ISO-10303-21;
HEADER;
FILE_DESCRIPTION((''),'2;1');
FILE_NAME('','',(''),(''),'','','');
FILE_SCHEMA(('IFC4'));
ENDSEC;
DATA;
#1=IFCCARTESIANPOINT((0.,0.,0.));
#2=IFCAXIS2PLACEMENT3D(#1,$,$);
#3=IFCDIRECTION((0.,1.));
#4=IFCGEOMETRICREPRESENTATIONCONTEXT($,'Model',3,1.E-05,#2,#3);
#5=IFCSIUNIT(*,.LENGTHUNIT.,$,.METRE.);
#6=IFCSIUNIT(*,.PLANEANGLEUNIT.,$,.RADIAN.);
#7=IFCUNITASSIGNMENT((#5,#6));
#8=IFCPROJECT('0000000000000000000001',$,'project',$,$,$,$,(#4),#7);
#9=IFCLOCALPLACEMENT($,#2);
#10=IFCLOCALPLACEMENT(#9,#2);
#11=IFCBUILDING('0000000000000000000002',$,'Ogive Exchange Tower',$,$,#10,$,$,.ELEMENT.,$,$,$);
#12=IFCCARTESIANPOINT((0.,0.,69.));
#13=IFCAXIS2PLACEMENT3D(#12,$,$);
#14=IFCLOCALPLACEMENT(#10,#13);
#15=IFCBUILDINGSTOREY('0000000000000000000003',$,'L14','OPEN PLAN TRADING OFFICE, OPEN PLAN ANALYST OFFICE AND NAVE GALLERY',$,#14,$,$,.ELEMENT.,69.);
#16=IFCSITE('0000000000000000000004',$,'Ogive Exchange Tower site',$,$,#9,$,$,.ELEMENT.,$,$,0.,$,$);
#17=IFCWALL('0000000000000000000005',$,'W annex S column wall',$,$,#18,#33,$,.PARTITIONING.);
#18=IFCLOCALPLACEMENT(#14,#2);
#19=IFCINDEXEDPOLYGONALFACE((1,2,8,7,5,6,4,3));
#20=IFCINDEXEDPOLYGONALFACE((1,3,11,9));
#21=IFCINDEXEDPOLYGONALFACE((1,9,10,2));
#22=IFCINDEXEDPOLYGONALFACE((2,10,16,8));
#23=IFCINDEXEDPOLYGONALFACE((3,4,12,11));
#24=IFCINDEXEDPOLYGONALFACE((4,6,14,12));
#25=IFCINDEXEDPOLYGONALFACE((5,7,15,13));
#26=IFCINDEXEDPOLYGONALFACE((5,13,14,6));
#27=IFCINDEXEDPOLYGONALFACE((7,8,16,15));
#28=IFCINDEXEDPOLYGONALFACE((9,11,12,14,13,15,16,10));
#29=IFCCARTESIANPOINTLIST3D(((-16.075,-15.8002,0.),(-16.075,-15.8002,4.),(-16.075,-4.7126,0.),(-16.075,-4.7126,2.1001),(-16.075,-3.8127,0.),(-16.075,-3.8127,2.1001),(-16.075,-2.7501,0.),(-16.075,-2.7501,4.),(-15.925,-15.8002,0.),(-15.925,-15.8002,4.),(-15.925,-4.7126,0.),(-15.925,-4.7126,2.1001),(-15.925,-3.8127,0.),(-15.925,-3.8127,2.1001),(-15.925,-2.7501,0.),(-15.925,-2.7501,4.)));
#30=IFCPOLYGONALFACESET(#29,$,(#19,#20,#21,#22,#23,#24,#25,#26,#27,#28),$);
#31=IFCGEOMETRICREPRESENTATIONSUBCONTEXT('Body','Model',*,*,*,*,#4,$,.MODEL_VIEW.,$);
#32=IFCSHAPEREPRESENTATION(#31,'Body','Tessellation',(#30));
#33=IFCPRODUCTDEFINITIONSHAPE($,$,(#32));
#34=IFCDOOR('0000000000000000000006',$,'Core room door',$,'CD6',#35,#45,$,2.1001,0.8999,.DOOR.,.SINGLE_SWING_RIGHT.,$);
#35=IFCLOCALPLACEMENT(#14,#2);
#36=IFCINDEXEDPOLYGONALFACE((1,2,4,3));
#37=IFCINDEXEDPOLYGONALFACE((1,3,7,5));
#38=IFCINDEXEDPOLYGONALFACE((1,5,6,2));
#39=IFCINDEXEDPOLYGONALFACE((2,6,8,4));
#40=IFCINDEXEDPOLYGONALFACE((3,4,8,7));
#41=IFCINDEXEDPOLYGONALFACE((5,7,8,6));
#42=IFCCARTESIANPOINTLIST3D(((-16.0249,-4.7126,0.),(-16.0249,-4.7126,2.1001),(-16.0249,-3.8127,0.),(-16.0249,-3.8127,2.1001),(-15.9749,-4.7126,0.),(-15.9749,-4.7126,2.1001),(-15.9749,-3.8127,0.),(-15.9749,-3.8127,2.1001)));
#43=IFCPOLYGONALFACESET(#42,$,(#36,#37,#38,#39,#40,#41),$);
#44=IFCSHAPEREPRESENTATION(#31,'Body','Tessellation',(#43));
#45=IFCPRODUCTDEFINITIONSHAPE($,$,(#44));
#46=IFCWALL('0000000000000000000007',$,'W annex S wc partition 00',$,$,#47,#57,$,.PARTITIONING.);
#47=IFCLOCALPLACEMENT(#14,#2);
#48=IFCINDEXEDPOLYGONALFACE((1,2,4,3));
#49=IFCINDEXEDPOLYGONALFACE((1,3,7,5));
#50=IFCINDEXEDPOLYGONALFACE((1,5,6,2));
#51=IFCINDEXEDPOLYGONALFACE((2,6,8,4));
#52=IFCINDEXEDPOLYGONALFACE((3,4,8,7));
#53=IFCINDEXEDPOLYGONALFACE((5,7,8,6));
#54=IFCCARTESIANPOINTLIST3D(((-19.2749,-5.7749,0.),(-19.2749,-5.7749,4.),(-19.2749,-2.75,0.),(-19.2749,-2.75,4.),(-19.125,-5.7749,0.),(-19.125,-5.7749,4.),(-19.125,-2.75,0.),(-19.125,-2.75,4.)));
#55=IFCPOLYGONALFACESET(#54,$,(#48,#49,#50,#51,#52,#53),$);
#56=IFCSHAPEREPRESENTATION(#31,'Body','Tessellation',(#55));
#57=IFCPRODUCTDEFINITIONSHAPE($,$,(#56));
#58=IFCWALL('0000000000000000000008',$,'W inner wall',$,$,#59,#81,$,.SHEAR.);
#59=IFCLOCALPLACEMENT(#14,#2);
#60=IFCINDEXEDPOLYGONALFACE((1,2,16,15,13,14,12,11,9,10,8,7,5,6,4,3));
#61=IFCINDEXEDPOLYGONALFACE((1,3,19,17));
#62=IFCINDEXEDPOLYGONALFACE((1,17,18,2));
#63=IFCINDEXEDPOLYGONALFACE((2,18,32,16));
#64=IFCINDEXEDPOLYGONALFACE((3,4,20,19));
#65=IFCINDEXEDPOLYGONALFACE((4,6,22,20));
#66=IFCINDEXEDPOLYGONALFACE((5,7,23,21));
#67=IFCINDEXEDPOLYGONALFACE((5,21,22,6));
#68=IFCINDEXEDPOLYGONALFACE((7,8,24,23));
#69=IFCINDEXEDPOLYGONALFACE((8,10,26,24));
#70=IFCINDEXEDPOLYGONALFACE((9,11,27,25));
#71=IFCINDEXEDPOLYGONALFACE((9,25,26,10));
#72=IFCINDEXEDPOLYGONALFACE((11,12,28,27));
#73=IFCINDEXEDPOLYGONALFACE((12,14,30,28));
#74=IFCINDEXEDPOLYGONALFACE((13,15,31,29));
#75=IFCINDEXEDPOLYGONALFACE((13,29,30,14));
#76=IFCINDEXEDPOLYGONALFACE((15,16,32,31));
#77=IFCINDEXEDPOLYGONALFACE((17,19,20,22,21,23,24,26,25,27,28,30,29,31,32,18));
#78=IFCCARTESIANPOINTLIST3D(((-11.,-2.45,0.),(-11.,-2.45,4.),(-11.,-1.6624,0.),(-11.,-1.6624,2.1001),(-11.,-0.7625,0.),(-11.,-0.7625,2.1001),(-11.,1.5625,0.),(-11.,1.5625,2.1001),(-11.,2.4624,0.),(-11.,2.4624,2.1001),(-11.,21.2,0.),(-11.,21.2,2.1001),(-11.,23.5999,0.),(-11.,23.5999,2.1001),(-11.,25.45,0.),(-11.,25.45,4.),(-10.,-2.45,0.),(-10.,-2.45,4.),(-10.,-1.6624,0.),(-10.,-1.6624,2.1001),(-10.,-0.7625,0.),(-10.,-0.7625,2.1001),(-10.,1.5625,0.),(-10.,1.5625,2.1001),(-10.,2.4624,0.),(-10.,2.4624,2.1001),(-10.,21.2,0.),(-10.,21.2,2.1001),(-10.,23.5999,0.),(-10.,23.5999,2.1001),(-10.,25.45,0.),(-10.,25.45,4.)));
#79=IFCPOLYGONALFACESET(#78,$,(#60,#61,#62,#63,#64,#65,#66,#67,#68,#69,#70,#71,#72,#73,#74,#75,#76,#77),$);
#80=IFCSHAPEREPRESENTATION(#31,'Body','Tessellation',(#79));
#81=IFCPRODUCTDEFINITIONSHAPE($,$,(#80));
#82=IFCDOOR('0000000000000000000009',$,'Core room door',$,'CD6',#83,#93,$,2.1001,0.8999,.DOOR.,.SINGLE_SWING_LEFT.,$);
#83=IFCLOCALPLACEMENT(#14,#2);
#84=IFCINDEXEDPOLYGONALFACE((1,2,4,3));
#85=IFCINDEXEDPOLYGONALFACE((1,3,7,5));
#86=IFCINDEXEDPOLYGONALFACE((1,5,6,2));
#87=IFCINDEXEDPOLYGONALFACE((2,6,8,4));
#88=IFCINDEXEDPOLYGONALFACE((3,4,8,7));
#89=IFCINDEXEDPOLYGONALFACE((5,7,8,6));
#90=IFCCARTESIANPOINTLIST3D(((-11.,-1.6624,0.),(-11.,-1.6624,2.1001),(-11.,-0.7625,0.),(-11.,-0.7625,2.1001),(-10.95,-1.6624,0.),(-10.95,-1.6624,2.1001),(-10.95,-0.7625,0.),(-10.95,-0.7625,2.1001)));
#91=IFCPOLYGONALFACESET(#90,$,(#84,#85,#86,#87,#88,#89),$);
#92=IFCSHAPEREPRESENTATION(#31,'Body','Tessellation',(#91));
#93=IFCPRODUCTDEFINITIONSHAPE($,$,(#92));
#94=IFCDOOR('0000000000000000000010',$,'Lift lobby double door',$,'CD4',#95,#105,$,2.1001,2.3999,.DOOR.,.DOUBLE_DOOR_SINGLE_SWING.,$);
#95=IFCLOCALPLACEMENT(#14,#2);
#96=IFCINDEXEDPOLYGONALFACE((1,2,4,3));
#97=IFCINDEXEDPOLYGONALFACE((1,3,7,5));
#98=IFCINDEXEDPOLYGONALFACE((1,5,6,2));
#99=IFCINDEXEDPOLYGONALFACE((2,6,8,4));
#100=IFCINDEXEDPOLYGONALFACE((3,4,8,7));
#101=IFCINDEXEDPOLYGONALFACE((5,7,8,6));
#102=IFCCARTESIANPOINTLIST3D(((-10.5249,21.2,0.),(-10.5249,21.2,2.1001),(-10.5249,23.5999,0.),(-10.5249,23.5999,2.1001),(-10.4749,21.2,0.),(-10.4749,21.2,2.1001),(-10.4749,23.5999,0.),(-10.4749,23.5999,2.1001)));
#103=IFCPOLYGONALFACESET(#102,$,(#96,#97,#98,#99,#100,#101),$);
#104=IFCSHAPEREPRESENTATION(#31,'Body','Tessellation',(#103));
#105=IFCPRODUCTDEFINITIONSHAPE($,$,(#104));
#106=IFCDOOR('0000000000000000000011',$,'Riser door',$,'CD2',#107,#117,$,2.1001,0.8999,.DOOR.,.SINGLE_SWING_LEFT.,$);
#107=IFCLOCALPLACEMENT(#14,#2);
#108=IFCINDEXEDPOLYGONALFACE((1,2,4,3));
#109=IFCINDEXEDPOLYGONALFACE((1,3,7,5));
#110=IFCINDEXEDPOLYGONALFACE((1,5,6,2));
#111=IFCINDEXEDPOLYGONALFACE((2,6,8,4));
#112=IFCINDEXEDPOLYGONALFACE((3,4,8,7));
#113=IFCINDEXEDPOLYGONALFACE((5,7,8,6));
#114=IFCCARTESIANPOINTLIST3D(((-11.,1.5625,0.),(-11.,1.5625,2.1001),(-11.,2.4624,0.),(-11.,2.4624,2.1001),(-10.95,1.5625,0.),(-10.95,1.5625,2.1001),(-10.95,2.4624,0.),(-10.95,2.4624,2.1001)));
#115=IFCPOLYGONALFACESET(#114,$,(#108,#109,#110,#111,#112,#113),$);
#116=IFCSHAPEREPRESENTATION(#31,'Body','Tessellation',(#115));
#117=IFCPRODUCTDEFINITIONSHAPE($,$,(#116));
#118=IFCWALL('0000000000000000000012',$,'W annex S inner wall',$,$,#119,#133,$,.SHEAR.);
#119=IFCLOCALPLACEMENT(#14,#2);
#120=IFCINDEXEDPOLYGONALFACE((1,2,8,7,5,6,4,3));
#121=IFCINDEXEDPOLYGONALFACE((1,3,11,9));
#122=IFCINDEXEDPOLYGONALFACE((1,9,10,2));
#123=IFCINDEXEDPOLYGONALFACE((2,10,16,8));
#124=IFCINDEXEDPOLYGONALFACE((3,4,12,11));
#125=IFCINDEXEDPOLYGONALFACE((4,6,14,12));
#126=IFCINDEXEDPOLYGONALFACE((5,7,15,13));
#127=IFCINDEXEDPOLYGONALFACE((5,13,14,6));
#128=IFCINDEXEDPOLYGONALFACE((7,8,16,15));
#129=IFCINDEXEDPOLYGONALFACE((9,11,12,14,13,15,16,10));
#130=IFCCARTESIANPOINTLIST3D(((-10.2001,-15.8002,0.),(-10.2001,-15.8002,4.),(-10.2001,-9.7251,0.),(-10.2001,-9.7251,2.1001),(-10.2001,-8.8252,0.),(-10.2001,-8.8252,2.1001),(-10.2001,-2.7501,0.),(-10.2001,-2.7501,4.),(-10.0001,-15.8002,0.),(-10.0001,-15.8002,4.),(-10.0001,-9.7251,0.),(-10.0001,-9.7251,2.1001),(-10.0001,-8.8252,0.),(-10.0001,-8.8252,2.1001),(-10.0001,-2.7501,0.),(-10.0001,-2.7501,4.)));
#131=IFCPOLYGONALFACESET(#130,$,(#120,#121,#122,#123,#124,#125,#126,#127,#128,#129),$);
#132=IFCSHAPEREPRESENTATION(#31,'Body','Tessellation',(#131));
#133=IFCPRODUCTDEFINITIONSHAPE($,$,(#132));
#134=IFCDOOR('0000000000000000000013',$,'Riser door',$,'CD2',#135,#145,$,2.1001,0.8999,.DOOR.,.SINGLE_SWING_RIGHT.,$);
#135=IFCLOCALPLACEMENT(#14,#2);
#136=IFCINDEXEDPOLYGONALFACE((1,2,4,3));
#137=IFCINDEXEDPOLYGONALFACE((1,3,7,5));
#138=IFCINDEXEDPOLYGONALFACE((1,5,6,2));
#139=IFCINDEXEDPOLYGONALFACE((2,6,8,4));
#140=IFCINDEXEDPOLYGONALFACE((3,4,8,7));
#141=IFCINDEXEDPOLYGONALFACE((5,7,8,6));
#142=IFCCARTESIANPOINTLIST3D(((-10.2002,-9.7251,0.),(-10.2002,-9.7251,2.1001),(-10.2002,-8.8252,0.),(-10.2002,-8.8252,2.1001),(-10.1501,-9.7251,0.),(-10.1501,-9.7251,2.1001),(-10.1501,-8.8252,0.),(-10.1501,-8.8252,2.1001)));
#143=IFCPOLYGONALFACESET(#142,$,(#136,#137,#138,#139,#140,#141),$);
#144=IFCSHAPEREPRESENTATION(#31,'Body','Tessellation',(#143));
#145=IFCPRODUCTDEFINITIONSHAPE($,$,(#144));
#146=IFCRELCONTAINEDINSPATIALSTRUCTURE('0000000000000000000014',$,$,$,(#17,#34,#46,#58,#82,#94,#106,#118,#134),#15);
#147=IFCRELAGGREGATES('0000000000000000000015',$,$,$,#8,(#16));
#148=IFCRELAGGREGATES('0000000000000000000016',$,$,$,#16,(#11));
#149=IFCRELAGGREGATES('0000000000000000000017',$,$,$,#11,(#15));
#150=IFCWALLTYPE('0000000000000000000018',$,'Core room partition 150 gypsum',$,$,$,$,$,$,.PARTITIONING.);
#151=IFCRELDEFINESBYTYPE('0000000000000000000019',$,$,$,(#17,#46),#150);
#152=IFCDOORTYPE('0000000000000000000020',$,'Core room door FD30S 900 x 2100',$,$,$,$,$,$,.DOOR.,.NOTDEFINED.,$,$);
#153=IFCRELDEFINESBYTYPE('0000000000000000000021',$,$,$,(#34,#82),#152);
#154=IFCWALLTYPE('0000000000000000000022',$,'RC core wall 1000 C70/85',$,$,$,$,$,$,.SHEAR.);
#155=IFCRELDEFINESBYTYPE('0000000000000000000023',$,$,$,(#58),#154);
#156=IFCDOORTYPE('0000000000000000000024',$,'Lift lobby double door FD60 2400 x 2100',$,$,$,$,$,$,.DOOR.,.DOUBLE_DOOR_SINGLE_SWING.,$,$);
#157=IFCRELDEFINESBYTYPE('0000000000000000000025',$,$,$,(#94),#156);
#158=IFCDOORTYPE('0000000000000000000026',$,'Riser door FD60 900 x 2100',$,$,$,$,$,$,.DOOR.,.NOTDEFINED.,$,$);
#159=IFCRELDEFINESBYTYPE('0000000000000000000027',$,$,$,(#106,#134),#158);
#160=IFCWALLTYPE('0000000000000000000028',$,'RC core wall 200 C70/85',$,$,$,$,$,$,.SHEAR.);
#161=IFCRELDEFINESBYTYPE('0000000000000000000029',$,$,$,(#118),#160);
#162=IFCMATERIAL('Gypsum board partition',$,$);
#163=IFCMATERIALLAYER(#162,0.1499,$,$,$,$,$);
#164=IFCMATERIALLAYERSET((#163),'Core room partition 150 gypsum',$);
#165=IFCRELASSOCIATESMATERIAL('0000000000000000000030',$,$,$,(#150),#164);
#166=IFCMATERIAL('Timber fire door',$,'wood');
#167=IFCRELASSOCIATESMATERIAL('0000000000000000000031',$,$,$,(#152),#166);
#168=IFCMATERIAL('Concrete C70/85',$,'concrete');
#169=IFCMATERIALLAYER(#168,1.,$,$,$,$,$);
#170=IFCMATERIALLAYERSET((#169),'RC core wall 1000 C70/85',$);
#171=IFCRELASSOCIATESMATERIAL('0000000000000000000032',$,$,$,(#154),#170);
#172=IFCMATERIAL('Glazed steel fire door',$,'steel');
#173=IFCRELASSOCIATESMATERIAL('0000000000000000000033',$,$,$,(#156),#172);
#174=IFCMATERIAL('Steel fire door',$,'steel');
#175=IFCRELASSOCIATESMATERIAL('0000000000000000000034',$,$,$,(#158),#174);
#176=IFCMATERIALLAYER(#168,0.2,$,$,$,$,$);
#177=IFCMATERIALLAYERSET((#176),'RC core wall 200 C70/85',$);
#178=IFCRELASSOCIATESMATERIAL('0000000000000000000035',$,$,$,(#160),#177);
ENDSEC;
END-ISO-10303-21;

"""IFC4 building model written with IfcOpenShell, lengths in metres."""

from ifc_helpers import new_model, si_unit, direction, frame, frame_2d, origin, place, context, subcontext, project, spatial, rectangle, extrude, material, layer, layer_set, type_object, element, fill, save


model = new_model("IFC4")

# Units and contexts
model_context = context("Model", 3, precision=1e-05, world=origin(), true_north=direction((0.0, 1.0)))
body_context = subcontext(model_context, "Body", "Model", "MODEL_VIEW")
ifc_project = project(units=[si_unit("LENGTHUNIT", "METRE"), si_unit("PLANEANGLEUNIT", "RADIAN")], contexts=[model_context])

# Site, building, storey
site_placement = place(None, origin())
site = spatial("IfcSite", under=ifc_project, at=site_placement, Name="Ogive Exchange Tower site", CompositionType="ELEMENT", RefElevation=0.0)
building_placement = place(site_placement, origin())
building = spatial("IfcBuilding", under=site, at=building_placement, Name="Ogive Exchange Tower", CompositionType="ELEMENT")
storey_placement = place(building_placement, frame((0.0, 0.0, 69.0)))
storey = spatial("IfcBuildingStorey", under=building, at=storey_placement, Name="L14", Description="OPEN PLAN TRADING OFFICE, OPEN PLAN ANALYST OFFICE AND NAVE GALLERY", CompositionType="ELEMENT", Elevation=69.0)

# Wall, opening, door
ifc_material_1 = material(Name="Gypsum board partition")
ifc_layer_1 = layer(ifc_material_1, 0.1499)
ifc_layer_set_1 = layer_set([ifc_layer_1], Name="Core room partition 150 gypsum")
wall_type_1 = type_object("IfcWallType", Name="Core room partition 150 gypsum", PredefinedType="PARTITIONING", material=ifc_layer_set_1)
wall_1_placement = place(storey_placement, frame((-16.0, -15.8, 0.0), z_axis=(0.0, 0.0, 1.0), x_axis=(0.0, 1.0, 0.0)))
wall_1 = element("IfcWall", 1, at=wall_1_placement, inside=storey, type_object=wall_type_1, Name="W annex S column wall", PredefinedType="PARTITIONING", context=body_context, shape_type="SweptSolid", body=[
    extrude(rectangle(XDim=13.05, YDim=0.1499, at=frame_2d((6.5249, 0.0))), origin(), (0.0, 0.0, 1.0), 4.0),
])
opening_1_placement = place(wall_1_placement, frame((11.0874, 0.0, 0.0)))
opening_1 = element("IfcOpeningElement", 2, at=opening_1_placement, cuts=wall_1, PredefinedType="OPENING", context=body_context, shape_type="SweptSolid", body=[
    extrude(rectangle(XDim=0.8999, YDim=2.1001, at=frame_2d((0.45, 1.05))), frame((0.0, 0.085, 0.0), z_axis=(0.0, -1.0, 0.0), x_axis=(1.0, 0.0, 0.0)), (0.0, 0.0, 1.0), 0.1699),
])
ifc_material_2 = material(Name="Timber fire door", Category="wood")
door_type_1 = type_object("IfcDoorType", Name="Core room door FD30S 900 x 2100", OperationType="NOTDEFINED", PredefinedType="DOOR", material=ifc_material_2)
door_1_placement = place(opening_1_placement, origin())
door_1 = element("IfcDoor", 3, at=door_1_placement, inside=storey, type_object=door_type_1, Name="Core room door", ObjectType="CD6", OperationType="SINGLE_SWING_RIGHT", OverallHeight=2.1001, OverallWidth=0.8999, PredefinedType="DOOR", context=body_context, shape_type="SweptSolid", body=[
    extrude(rectangle(XDim=0.8999, YDim=2.1001, at=frame_2d((0.45, 1.05))), frame((0.0, 0.0249, 0.0), z_axis=(0.0, -1.0, 0.0), x_axis=(1.0, 0.0, 0.0)), (0.0, 0.0, 1.0), 0.05),
])
fill(opening_1, door_1)

# Wall
wall_2_placement = place(storey_placement, frame((-19.2, -5.7749, 0.0), z_axis=(0.0, 0.0, 1.0), x_axis=(0.0, 1.0, 0.0)))
element("IfcWall", 4, at=wall_2_placement, inside=storey, type_object=wall_type_1, Name="W annex S wc partition 00", PredefinedType="PARTITIONING", context=body_context, shape_type="SweptSolid", body=[
    extrude(rectangle(XDim=3.0249, YDim=0.1499, at=frame_2d((1.5125, 0.0))), origin(), (0.0, 0.0, 1.0), 4.0),
])

# Wall, openings, doors
ifc_material_3 = material(Name="Concrete C70/85", Category="concrete")
ifc_layer_2 = layer(ifc_material_3, 1.0)
ifc_layer_set_2 = layer_set([ifc_layer_2], Name="RC core wall 1000 C70/85")
wall_type_2 = type_object("IfcWallType", Name="RC core wall 1000 C70/85", PredefinedType="SHEAR", material=ifc_layer_set_2)
wall_3_placement = place(storey_placement, frame((-10.5, -2.45, 0.0), z_axis=(0.0, 0.0, 1.0), x_axis=(0.0, 1.0, 0.0)))
wall_3 = element("IfcWall", 5, at=wall_3_placement, inside=storey, type_object=wall_type_2, Name="W inner wall", PredefinedType="SHEAR", context=body_context, shape_type="SweptSolid", body=[
    extrude(rectangle(XDim=27.8999, YDim=1.0, at=frame_2d((13.95, 0.0))), origin(), (0.0, 0.0, 1.0), 4.0),
])
opening_2_placement = place(wall_3_placement, frame((23.6499, 0.0, 0.0)))
opening_2 = element("IfcOpeningElement", 6, at=opening_2_placement, cuts=wall_3, PredefinedType="OPENING", context=body_context, shape_type="SweptSolid", body=[
    extrude(rectangle(XDim=2.3999, YDim=2.1001, at=frame_2d((1.2, 1.05))), frame((0.0, 0.51, 0.0), z_axis=(0.0, -1.0, 0.0), x_axis=(1.0, 0.0, 0.0)), (0.0, 0.0, 1.0), 1.02),
])
opening_3_placement = place(wall_3_placement, frame((0.7876, 0.0, 0.0)))
opening_3 = element("IfcOpeningElement", 7, at=opening_3_placement, cuts=wall_3, PredefinedType="OPENING", context=body_context, shape_type="SweptSolid", body=[
    extrude(rectangle(XDim=0.8999, YDim=2.1001, at=frame_2d((0.45, 1.05))), frame((0.0, 0.51, 0.0), z_axis=(0.0, -1.0, 0.0), x_axis=(1.0, 0.0, 0.0)), (0.0, 0.0, 1.0), 1.02),
])
opening_4_placement = place(wall_3_placement, frame((4.0125, 0.0, 0.0)))
opening_4 = element("IfcOpeningElement", 8, at=opening_4_placement, cuts=wall_3, PredefinedType="OPENING", context=body_context, shape_type="SweptSolid", body=[
    extrude(rectangle(XDim=0.8999, YDim=2.1001, at=frame_2d((0.45, 1.05))), frame((0.0, 0.51, 0.0), z_axis=(0.0, -1.0, 0.0), x_axis=(1.0, 0.0, 0.0)), (0.0, 0.0, 1.0), 1.02),
])
door_2_placement = place(opening_3_placement, origin())
door_2 = element("IfcDoor", 9, at=door_2_placement, inside=storey, type_object=door_type_1, Name="Core room door", ObjectType="CD6", OperationType="SINGLE_SWING_LEFT", OverallHeight=2.1001, OverallWidth=0.8999, PredefinedType="DOOR", context=body_context, shape_type="SweptSolid", body=[
    extrude(rectangle(XDim=0.8999, YDim=2.1001, at=frame_2d((0.45, 1.05))), frame((0.0, 0.5, 0.0), z_axis=(0.0, -1.0, 0.0), x_axis=(1.0, 0.0, 0.0)), (0.0, 0.0, 1.0), 0.05),
])
fill(opening_3, door_2)
ifc_material_4 = material(Name="Glazed steel fire door", Category="steel")
door_type_2 = type_object("IfcDoorType", Name="Lift lobby double door FD60 2400 x 2100", OperationType="DOUBLE_DOOR_SINGLE_SWING", PredefinedType="DOOR", material=ifc_material_4)
door_3_placement = place(opening_2_placement, origin())
door_3 = element("IfcDoor", 10, at=door_3_placement, inside=storey, type_object=door_type_2, Name="Lift lobby double door", ObjectType="CD4", OperationType="DOUBLE_DOOR_SINGLE_SWING", OverallHeight=2.1001, OverallWidth=2.3999, PredefinedType="DOOR", context=body_context, shape_type="SweptSolid", body=[
    extrude(rectangle(XDim=2.3999, YDim=2.1001, at=frame_2d((1.2, 1.05))), frame((0.0, 0.0249, 0.0), z_axis=(0.0, -1.0, 0.0), x_axis=(1.0, 0.0, 0.0)), (0.0, 0.0, 1.0), 0.05),
])
fill(opening_2, door_3)
ifc_material_5 = material(Name="Steel fire door", Category="steel")
door_type_3 = type_object("IfcDoorType", Name="Riser door FD60 900 x 2100", OperationType="NOTDEFINED", PredefinedType="DOOR", material=ifc_material_5)
door_4_placement = place(opening_4_placement, origin())
door_4 = element("IfcDoor", 11, at=door_4_placement, inside=storey, type_object=door_type_3, Name="Riser door", ObjectType="CD2", OperationType="SINGLE_SWING_LEFT", OverallHeight=2.1001, OverallWidth=0.8999, PredefinedType="DOOR", context=body_context, shape_type="SweptSolid", body=[
    extrude(rectangle(XDim=0.8999, YDim=2.1001, at=frame_2d((0.45, 1.05))), frame((0.0, 0.5, 0.0), z_axis=(0.0, -1.0, 0.0), x_axis=(1.0, 0.0, 0.0)), (0.0, 0.0, 1.0), 0.05),
])
fill(opening_4, door_4)

# Wall, opening, door
ifc_layer_3 = layer(ifc_material_3, 0.2)
ifc_layer_set_3 = layer_set([ifc_layer_3], Name="RC core wall 200 C70/85")
wall_type_3 = type_object("IfcWallType", Name="RC core wall 200 C70/85", PredefinedType="SHEAR", material=ifc_layer_set_3)
wall_4_placement = place(storey_placement, frame((-10.1001, -15.8, 0.0), z_axis=(0.0, 0.0, 1.0), x_axis=(0.0, 1.0, 0.0)))
wall_4 = element("IfcWall", 12, at=wall_4_placement, inside=storey, type_object=wall_type_3, Name="W annex S inner wall", PredefinedType="SHEAR", context=body_context, shape_type="SweptSolid", body=[
    extrude(rectangle(XDim=13.05, YDim=0.2, at=frame_2d((6.5249, 0.0))), origin(), (0.0, 0.0, 1.0), 4.0),
])
opening_5_placement = place(wall_4_placement, frame((6.075, 0.0, 0.0)))
opening_5 = element("IfcOpeningElement", 13, at=opening_5_placement, cuts=wall_4, PredefinedType="OPENING", context=body_context, shape_type="SweptSolid", body=[
    extrude(rectangle(XDim=0.8999, YDim=2.1001, at=frame_2d((0.45, 1.05))), frame((0.0, 0.1099, 0.0), z_axis=(0.0, -1.0, 0.0), x_axis=(1.0, 0.0, 0.0)), (0.0, 0.0, 1.0), 0.22),
])
door_5_placement = place(opening_5_placement, origin())
door_5 = element("IfcDoor", 14, at=door_5_placement, inside=storey, type_object=door_type_3, Name="Riser door", ObjectType="CD2", OperationType="SINGLE_SWING_RIGHT", OverallHeight=2.1001, OverallWidth=0.8999, PredefinedType="DOOR", context=body_context, shape_type="SweptSolid", body=[
    extrude(rectangle(XDim=0.8999, YDim=2.1001, at=frame_2d((0.45, 1.05))), frame((0.0, 0.1001, 0.0), z_axis=(0.0, -1.0, 0.0), x_axis=(1.0, 0.0, 0.0)), (0.0, 0.0, 1.0), 0.05),
])
fill(opening_5, door_5)

save(model, "model.ifc")
